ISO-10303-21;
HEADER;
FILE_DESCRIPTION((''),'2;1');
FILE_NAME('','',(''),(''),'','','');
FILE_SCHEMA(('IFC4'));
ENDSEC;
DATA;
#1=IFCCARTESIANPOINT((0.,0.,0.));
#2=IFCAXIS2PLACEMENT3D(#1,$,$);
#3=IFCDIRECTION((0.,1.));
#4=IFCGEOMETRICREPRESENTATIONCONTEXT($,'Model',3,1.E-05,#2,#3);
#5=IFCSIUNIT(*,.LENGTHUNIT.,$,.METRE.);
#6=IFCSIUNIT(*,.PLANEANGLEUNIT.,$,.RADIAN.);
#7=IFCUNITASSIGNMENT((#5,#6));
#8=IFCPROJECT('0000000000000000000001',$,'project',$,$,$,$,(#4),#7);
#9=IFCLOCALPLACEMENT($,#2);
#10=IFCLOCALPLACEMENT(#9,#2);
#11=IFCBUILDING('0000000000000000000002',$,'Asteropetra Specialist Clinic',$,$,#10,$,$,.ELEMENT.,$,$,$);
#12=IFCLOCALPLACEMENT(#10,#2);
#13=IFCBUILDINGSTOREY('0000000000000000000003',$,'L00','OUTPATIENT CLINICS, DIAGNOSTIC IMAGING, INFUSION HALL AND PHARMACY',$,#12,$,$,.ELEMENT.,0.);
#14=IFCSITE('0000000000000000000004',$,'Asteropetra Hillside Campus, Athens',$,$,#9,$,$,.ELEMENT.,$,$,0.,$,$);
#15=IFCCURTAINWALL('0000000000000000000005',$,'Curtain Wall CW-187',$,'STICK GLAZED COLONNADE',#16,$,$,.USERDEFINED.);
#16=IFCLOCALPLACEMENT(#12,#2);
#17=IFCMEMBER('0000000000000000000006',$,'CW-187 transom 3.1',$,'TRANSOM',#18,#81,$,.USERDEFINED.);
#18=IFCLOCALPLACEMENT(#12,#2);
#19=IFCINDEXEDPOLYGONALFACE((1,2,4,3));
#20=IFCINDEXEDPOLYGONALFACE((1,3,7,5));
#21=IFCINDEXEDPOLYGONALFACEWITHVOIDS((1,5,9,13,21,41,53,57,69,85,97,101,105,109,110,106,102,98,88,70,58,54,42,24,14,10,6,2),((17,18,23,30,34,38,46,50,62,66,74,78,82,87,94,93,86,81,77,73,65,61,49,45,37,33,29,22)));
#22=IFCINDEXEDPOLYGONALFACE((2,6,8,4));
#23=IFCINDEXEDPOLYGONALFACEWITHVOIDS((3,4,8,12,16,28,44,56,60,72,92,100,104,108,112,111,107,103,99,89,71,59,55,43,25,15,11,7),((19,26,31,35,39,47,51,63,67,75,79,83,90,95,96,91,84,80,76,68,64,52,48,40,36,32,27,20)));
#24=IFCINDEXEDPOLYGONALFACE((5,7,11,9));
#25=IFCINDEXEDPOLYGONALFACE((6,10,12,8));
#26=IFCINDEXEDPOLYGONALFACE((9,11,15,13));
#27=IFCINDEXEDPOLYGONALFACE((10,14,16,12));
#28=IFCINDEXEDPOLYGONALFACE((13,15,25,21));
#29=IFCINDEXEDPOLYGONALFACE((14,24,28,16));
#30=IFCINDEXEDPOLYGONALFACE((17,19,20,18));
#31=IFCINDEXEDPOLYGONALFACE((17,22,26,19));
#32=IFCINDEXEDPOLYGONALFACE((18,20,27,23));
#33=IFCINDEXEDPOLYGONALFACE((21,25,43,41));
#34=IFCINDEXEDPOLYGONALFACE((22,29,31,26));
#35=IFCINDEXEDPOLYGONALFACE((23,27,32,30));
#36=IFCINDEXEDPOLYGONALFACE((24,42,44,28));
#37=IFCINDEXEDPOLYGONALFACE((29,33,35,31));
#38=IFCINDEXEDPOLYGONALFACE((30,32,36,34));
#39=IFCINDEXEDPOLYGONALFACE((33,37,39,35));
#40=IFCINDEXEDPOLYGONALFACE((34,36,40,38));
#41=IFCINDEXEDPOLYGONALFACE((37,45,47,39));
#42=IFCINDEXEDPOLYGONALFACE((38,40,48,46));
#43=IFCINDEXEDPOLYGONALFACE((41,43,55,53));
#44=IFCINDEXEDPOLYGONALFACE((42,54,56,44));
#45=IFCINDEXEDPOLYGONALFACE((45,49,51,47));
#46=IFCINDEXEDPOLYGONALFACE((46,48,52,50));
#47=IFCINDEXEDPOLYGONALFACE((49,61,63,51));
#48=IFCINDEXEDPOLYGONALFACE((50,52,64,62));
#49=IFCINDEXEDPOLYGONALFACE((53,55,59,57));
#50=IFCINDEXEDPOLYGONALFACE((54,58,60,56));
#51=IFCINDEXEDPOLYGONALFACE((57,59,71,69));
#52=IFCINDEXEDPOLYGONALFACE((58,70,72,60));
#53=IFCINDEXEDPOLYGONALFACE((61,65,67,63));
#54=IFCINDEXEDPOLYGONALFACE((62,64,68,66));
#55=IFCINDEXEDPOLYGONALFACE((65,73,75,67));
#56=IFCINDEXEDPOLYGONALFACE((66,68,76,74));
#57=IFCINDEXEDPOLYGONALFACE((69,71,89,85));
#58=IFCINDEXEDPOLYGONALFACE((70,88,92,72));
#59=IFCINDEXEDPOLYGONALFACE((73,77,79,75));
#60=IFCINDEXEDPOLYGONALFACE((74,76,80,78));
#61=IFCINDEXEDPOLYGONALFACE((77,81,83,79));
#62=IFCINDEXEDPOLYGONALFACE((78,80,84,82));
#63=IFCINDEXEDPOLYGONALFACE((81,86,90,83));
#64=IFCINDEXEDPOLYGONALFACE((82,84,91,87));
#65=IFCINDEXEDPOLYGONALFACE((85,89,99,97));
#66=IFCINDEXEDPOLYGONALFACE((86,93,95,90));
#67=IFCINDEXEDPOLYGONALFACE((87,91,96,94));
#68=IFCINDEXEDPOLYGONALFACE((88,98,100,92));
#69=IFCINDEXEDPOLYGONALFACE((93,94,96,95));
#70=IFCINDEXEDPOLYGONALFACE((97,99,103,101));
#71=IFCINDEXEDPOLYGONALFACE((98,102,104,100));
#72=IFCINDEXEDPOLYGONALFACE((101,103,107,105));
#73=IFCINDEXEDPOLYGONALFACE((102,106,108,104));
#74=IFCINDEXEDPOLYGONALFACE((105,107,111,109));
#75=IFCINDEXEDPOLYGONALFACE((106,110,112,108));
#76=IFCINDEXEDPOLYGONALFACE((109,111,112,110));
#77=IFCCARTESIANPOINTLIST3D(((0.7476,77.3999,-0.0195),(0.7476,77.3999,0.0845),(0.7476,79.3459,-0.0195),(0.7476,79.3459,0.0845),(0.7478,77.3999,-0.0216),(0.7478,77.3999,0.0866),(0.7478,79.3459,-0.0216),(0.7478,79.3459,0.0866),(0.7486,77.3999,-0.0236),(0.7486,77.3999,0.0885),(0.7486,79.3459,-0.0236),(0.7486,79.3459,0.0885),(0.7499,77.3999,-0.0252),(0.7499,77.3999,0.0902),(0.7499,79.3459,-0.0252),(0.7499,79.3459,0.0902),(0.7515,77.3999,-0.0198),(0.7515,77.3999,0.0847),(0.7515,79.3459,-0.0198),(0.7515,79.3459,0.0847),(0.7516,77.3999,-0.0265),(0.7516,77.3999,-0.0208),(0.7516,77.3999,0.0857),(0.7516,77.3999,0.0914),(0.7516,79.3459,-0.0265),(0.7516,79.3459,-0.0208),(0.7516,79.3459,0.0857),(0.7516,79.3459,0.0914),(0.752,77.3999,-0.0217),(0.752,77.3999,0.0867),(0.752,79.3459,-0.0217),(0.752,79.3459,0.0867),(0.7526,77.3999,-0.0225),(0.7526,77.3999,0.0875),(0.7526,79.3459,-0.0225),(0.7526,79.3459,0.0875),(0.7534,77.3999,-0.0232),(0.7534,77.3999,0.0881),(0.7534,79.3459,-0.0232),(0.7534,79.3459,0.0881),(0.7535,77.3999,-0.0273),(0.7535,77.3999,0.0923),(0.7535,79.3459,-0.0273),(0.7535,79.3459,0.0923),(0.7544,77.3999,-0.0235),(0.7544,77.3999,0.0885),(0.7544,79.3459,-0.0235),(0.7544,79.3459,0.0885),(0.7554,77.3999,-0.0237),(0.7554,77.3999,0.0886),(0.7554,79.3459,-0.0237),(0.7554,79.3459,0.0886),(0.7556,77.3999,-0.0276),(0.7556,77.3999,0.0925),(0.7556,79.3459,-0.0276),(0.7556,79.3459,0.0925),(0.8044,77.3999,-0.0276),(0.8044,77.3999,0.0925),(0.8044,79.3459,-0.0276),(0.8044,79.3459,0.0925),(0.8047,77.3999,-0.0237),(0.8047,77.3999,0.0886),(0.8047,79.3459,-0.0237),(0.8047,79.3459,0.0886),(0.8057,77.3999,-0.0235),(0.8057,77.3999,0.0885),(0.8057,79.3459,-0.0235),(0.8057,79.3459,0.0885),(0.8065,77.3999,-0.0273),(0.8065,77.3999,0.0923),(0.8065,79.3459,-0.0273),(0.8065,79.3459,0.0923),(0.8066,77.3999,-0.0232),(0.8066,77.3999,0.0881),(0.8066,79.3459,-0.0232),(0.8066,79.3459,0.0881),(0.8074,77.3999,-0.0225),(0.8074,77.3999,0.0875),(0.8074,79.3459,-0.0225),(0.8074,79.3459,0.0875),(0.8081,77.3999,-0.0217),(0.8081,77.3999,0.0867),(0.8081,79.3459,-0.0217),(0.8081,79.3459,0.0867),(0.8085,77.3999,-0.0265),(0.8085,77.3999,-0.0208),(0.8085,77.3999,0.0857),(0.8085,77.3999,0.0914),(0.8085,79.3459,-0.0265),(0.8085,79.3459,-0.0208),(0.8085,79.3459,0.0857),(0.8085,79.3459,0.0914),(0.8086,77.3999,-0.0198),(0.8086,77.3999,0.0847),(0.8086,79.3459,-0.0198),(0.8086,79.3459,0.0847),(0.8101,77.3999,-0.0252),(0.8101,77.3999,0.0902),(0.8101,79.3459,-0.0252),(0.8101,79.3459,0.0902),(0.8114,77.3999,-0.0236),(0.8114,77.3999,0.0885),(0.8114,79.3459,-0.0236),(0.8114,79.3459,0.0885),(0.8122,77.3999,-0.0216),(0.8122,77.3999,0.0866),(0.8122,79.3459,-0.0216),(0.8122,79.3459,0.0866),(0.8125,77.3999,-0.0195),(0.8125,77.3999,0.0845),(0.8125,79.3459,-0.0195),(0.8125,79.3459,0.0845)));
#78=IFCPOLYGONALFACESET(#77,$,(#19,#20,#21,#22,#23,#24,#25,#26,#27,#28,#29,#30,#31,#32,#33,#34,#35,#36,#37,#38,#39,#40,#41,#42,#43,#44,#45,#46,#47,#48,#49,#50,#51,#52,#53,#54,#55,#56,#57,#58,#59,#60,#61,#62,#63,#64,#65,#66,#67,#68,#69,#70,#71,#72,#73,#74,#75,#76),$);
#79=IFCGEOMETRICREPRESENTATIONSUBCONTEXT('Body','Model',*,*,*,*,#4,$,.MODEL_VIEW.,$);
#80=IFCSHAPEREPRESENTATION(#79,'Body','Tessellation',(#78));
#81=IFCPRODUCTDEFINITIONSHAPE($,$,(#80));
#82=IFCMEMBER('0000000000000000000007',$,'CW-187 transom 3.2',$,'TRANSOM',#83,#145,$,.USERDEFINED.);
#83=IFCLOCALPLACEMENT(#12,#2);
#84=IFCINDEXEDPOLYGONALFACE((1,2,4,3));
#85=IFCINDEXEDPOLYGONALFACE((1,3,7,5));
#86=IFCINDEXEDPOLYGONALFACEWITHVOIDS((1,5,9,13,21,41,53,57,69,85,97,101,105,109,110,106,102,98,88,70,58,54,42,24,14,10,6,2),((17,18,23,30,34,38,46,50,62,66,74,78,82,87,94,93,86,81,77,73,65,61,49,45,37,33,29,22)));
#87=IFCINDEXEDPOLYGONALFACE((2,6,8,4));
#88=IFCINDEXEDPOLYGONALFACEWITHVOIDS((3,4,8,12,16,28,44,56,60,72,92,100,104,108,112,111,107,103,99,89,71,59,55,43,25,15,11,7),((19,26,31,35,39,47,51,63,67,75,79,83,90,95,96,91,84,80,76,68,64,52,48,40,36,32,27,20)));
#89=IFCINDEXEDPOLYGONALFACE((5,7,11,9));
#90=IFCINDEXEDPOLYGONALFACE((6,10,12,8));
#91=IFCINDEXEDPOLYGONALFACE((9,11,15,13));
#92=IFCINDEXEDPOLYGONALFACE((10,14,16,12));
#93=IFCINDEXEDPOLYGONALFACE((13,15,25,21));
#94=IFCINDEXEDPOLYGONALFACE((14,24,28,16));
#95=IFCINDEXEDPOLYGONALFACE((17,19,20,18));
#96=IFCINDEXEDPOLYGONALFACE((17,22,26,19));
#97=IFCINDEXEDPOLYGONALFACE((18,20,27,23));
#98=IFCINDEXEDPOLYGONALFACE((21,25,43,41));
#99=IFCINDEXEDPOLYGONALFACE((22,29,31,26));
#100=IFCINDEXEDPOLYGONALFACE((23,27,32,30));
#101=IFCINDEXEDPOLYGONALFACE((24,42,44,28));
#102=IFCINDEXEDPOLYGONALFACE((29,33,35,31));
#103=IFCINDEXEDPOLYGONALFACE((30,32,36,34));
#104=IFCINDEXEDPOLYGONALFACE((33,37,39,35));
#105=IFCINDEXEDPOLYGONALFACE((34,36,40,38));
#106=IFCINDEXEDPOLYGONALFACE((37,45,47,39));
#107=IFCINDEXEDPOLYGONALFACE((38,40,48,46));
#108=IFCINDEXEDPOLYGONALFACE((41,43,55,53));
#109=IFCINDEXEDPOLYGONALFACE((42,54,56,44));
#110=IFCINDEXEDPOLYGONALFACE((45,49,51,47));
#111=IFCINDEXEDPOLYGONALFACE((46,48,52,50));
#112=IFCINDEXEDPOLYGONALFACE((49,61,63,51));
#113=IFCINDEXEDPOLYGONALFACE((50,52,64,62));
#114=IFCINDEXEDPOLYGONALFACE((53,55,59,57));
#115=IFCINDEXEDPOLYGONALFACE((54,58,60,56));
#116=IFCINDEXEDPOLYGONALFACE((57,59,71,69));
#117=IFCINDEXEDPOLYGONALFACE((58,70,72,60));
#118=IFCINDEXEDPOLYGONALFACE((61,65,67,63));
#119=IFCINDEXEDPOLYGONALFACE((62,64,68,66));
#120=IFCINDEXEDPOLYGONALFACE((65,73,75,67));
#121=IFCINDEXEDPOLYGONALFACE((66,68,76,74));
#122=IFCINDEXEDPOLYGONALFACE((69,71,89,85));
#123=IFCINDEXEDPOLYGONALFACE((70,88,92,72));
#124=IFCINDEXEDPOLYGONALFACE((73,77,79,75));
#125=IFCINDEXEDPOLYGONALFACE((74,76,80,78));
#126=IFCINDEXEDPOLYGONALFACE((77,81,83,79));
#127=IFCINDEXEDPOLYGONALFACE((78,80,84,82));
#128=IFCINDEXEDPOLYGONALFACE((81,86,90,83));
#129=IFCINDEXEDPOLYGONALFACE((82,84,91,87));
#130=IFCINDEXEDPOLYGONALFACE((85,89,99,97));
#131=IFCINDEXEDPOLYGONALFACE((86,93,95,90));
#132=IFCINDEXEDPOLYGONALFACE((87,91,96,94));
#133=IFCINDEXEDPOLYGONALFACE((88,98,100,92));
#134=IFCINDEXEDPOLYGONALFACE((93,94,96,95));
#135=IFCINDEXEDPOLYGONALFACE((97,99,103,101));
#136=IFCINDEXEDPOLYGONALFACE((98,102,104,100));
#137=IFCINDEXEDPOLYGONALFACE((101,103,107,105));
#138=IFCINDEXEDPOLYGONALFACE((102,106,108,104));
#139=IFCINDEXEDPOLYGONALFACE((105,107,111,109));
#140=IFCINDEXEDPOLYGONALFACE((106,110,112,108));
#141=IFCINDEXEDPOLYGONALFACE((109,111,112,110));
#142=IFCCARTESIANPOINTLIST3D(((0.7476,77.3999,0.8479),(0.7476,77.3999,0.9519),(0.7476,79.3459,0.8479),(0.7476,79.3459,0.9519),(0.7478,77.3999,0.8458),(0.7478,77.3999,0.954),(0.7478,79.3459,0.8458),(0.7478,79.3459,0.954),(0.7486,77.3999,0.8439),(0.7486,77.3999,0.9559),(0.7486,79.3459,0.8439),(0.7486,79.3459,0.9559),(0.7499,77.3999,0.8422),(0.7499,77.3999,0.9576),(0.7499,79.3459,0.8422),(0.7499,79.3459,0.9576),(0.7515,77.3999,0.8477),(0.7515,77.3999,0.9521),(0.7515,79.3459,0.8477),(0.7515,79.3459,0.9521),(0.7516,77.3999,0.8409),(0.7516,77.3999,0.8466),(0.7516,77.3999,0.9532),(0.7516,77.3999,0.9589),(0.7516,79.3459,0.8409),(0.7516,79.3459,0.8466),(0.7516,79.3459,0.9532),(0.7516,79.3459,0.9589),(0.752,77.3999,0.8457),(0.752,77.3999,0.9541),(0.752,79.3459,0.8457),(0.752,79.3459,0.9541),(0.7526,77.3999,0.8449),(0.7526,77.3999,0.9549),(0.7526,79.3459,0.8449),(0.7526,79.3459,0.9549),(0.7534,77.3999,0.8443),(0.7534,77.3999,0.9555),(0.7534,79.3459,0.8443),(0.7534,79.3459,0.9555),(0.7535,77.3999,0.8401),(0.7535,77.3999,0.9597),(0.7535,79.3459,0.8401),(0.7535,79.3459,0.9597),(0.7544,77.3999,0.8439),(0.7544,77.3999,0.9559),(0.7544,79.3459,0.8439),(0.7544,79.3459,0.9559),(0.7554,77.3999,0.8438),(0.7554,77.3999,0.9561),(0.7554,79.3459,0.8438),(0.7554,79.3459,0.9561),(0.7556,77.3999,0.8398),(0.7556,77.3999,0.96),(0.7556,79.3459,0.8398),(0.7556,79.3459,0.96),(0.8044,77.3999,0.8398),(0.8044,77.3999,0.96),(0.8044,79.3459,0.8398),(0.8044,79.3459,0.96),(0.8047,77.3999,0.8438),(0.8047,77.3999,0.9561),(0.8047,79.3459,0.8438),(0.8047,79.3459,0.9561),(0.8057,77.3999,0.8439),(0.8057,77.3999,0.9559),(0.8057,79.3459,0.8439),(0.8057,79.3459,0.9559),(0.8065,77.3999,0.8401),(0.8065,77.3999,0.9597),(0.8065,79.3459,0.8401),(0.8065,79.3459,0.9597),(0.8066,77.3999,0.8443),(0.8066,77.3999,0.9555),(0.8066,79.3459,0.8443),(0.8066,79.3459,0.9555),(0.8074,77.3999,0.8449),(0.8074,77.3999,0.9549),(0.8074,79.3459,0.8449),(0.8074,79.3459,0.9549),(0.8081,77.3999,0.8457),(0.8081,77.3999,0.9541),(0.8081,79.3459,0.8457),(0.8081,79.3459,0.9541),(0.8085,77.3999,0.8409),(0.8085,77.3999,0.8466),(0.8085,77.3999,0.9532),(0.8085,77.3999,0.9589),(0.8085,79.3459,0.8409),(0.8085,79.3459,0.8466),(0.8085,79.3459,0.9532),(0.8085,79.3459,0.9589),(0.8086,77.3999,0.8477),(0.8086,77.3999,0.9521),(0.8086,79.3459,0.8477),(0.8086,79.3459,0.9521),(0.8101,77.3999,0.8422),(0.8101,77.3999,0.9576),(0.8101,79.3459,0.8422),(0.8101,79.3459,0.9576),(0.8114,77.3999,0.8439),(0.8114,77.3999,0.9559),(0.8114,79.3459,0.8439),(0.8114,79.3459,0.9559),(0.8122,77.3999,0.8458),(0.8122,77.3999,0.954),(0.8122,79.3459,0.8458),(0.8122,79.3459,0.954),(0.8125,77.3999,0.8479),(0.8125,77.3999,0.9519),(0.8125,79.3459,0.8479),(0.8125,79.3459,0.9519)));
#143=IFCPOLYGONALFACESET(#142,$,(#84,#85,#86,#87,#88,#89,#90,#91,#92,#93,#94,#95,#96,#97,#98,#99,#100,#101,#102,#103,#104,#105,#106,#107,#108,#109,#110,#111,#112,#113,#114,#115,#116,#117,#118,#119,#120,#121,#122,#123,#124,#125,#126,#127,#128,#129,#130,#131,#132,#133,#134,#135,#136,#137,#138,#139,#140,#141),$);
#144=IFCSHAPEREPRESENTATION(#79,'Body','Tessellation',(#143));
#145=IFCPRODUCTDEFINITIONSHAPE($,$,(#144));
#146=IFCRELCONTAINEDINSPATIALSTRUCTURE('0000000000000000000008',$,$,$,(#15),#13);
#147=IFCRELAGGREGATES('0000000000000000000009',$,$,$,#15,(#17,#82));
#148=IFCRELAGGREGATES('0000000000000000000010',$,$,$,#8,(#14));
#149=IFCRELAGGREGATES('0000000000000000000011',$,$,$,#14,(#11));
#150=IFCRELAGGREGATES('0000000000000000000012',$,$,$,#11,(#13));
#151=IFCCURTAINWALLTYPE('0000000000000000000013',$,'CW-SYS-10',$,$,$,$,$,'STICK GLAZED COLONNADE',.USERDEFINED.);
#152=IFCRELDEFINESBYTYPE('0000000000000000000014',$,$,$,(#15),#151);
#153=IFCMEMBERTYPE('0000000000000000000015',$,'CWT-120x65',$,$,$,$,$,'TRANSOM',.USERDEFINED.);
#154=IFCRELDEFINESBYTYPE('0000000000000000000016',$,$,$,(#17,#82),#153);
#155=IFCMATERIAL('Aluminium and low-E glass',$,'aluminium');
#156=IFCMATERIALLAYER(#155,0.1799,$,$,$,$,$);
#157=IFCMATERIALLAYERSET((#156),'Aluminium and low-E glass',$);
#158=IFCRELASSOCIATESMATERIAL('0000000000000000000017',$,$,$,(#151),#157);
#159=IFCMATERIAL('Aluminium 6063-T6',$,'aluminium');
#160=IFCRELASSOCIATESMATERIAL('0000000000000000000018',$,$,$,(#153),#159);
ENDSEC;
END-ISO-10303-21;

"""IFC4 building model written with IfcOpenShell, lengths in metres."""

from ifc_helpers import new_model, si_unit, direction, frame, origin, origin_2d, place, context, subcontext, project, spatial, hollow_rectangle, extrude, material, layer, layer_set, material_profile, profile_set, type_object, element, aggregate, save


model = new_model("IFC4")

# Units and contexts
model_context = context("Model", 3, precision=1e-05, world=origin(), true_north=direction((0.0, 1.0)))
body_context = subcontext(model_context, "Body", "Model", "MODEL_VIEW")
ifc_project = project(units=[si_unit("LENGTHUNIT", "METRE"), si_unit("PLANEANGLEUNIT", "RADIAN")], contexts=[model_context])

# Site, building, storey
site_placement = place(None, origin())
site = spatial("IfcSite", under=ifc_project, at=site_placement, Name="Asteropetra Hillside Campus, Athens", CompositionType="ELEMENT", RefElevation=0.0)
building_placement = place(site_placement, origin())
building = spatial("IfcBuilding", under=site, at=building_placement, Name="Asteropetra Specialist Clinic", CompositionType="ELEMENT")
storey_placement = place(building_placement, origin())
storey = spatial("IfcBuildingStorey", under=building, at=storey_placement, Name="L00", Description="OUTPATIENT CLINICS, DIAGNOSTIC IMAGING, INFUSION HALL AND PHARMACY", CompositionType="ELEMENT", Elevation=0.0)

# Curtain wall, members
ifc_material_1 = material(Name="Aluminium and low-E glass", Category="aluminium")
ifc_layer_1 = layer(ifc_material_1, 0.1799)
ifc_layer_set_1 = layer_set([ifc_layer_1], Name="Aluminium and low-E glass")
curtain_wall_type = type_object("IfcCurtainWallType", Name="CW-SYS-10", ElementType="STICK GLAZED COLONNADE", PredefinedType="USERDEFINED", material=ifc_layer_set_1)
curtain_wall_placement = place(storey_placement, origin())
curtain_wall = element("IfcCurtainWall", 1, at=curtain_wall_placement, inside=storey, type_object=curtain_wall_type, Name="Curtain Wall CW-187", ObjectType="STICK GLAZED COLONNADE", PredefinedType="USERDEFINED")
ifc_material_2 = material(Name="Aluminium 6063-T6", Category="aluminium")
ifc_material_profile_1 = material_profile(ifc_material_2, hollow_rectangle(XDim=0.0649, YDim=0.1201, WallThickness=0.0039, InnerFilletRadius=0.0039, OuterFilletRadius=0.0081, at=origin_2d()), Name="TRN 120x65x4.0")
ifc_profile_set_1 = profile_set([ifc_material_profile_1], Name="Aluminium 6063-T6")
member_type_1 = type_object("IfcMemberType", Name="CWT-120x65", ElementType="TRANSOM", PredefinedType="USERDEFINED", material=ifc_profile_set_1)
member_1_placement = place(storey_placement, frame((0.78, 79.3459, 0.0325), z_axis=(0.0, -1.0, 0.0), x_axis=(1.0, 0.0, 0.0)))
member_1 = element("IfcMember", 2, at=member_1_placement, type_object=member_type_1, Name="CW-187 transom 3.1", ObjectType="TRANSOM", PredefinedType="USERDEFINED", context=body_context, shape_type="SweptSolid", body=[
    extrude(hollow_rectangle(XDim=0.0649, YDim=0.1201, WallThickness=0.0039, InnerFilletRadius=0.0039, OuterFilletRadius=0.0081, at=origin_2d()), origin(), (0.0, 0.0, 1.0), 1.946),
])
member_2_placement = place(storey_placement, frame((0.78, 79.3459, 0.8999), z_axis=(0.0, -1.0, 0.0), x_axis=(1.0, 0.0, 0.0)))
member_2 = element("IfcMember", 3, at=member_2_placement, type_object=member_type_1, Name="CW-187 transom 3.2", ObjectType="TRANSOM", PredefinedType="USERDEFINED", context=body_context, shape_type="SweptSolid", body=[
    extrude(hollow_rectangle(XDim=0.0649, YDim=0.1201, WallThickness=0.0039, InnerFilletRadius=0.0039, OuterFilletRadius=0.0081, at=origin_2d()), origin(), (0.0, 0.0, 1.0), 1.946),
])
aggregate(curtain_wall, [member_1, member_2])

save(model, "model.ifc")
